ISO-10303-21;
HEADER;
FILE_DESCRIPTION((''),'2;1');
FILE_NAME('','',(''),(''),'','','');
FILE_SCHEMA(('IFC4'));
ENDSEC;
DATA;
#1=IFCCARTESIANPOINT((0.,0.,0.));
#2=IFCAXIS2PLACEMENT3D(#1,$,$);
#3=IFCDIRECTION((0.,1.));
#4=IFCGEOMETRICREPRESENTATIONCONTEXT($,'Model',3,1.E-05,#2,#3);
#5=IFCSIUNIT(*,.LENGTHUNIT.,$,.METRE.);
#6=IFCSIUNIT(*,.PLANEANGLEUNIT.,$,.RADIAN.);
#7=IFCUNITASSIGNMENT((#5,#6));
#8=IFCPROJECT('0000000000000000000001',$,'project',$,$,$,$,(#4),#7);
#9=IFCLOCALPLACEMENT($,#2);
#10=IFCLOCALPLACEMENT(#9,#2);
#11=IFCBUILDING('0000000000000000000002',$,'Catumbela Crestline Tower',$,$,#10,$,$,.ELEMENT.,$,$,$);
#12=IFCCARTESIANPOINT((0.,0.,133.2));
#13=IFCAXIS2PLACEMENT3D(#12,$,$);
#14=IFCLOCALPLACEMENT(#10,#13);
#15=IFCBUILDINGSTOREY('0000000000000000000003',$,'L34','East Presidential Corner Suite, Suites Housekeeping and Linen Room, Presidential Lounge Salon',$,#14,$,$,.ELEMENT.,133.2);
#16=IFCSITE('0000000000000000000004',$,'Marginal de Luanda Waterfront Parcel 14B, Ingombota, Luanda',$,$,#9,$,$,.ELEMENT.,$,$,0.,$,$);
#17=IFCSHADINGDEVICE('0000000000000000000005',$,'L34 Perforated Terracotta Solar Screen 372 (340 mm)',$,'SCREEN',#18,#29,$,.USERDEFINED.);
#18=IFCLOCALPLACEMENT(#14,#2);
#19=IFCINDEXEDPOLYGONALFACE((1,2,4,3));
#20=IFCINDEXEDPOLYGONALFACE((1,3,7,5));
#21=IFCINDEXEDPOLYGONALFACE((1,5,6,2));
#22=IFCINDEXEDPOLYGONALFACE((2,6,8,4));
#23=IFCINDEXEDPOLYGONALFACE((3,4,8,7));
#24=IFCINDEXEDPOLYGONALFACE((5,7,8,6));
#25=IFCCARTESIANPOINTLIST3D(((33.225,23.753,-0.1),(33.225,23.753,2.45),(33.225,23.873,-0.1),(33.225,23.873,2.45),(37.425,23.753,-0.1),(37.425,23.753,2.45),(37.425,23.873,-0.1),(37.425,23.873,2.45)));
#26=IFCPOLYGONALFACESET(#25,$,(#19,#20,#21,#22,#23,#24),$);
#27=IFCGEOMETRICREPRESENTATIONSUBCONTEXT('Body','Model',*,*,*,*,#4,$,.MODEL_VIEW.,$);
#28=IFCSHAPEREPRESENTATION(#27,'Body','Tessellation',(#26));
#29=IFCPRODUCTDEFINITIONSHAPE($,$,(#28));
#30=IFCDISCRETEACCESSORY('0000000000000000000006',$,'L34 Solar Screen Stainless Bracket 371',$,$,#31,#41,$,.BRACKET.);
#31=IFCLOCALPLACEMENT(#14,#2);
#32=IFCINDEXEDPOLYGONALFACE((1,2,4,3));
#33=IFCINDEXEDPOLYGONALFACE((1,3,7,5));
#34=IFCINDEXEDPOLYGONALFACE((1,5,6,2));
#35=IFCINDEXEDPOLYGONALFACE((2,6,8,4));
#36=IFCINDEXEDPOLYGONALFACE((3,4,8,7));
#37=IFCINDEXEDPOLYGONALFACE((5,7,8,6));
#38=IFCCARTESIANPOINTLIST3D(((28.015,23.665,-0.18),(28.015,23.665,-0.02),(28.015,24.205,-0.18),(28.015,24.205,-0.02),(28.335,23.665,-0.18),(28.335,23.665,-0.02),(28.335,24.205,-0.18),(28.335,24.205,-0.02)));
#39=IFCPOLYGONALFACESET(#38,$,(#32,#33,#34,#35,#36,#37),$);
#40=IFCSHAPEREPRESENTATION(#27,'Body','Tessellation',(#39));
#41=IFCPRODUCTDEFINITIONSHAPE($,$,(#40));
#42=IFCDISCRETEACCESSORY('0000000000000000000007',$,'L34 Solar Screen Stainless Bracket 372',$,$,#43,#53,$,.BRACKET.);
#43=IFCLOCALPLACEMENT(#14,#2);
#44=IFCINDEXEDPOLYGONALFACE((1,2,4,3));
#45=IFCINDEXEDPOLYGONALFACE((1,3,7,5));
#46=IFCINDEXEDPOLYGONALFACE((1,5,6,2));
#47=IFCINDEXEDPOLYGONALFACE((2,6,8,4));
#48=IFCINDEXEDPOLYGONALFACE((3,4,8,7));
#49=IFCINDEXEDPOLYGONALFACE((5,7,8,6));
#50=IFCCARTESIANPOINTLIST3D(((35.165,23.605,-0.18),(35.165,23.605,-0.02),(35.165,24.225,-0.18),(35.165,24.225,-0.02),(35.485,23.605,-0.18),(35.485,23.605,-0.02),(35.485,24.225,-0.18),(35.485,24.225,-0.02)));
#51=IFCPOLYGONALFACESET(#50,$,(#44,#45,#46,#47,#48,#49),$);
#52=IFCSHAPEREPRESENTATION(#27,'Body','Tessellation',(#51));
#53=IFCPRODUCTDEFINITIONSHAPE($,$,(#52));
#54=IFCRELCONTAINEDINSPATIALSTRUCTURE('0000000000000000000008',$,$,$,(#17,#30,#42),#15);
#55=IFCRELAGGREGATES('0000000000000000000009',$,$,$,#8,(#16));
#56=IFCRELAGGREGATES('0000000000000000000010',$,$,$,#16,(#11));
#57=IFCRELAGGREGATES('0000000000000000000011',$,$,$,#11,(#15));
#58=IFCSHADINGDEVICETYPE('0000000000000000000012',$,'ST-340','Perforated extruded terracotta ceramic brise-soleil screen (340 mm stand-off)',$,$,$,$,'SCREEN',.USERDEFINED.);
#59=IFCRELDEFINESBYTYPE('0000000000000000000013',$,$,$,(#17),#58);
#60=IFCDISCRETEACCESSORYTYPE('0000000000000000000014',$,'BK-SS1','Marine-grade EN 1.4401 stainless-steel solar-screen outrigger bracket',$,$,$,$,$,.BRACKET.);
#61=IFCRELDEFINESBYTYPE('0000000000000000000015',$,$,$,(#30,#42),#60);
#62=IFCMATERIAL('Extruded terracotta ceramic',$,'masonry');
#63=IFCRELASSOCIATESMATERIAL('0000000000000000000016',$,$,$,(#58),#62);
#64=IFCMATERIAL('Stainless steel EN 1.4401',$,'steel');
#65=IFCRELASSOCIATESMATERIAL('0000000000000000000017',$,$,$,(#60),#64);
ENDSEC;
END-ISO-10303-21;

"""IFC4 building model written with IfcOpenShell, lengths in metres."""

from ifc_helpers import new_model, si_unit, direction, frame, origin, origin_2d, place, context, subcontext, project, spatial, rectangle, extrude, material, type_object, element, save


model = new_model("IFC4")

# Units and contexts
model_context = context("Model", 3, precision=1e-05, world=origin(), true_north=direction((0.0, 1.0)))
body_context = subcontext(model_context, "Body", "Model", "MODEL_VIEW")
ifc_project = project(units=[si_unit("LENGTHUNIT", "METRE"), si_unit("PLANEANGLEUNIT", "RADIAN")], contexts=[model_context])

# Site, building, storey
site_placement = place(None, origin())
site = spatial("IfcSite", under=ifc_project, at=site_placement, Name="Marginal de Luanda Waterfront Parcel 14B, Ingombota, Luanda", CompositionType="ELEMENT", RefElevation=0.0)
building_placement = place(site_placement, origin())
building = spatial("IfcBuilding", under=site, at=building_placement, Name="Catumbela Crestline Tower", CompositionType="ELEMENT")
storey_placement = place(building_placement, frame((0.0, 0.0, 133.2)))
storey = spatial("IfcBuildingStorey", under=building, at=storey_placement, Name="L34", Description="East Presidential Corner Suite, Suites Housekeeping and Linen Room, Presidential Lounge Salon", CompositionType="ELEMENT", Elevation=133.2)

# Shared definitions
ifc_material_1 = material(Name="Stainless steel EN 1.4401", Category="steel")

# Shading device
ifc_material_2 = material(Name="Extruded terracotta ceramic", Category="masonry")
shading_device_type_1 = type_object("IfcShadingDeviceType", Name="ST-340", Description="Perforated extruded terracotta ceramic brise-soleil screen (340 mm stand-off)", ElementType="SCREEN", PredefinedType="USERDEFINED", material=ifc_material_2)
shading_device_1_placement = place(storey_placement, frame((35.325, 23.813, -0.1), z_axis=(0.0, 0.0, 1.0), x_axis=(1.0, 0.0, 0.0)))
element("IfcShadingDevice", 1, at=shading_device_1_placement, inside=storey, type_object=shading_device_type_1, Name="L34 Perforated Terracotta Solar Screen 372 (340 mm)", ObjectType="SCREEN", PredefinedType="USERDEFINED", context=body_context, shape_type="SweptSolid", body=[
    extrude(rectangle(XDim=4.2, YDim=0.12, at=origin_2d()), origin(), (0.0, 0.0, 1.0), 2.55),
])

# Discrete accessories
discrete_accessory_type = type_object("IfcDiscreteAccessoryType", Name="BK-SS1", Description="Marine-grade EN 1.4401 stainless-steel solar-screen outrigger bracket", PredefinedType="BRACKET", material=ifc_material_1)
discrete_accessory_1_placement = place(storey_placement, frame((28.175, 23.935, -0.18), z_axis=(0.0, 0.0, 1.0), x_axis=(1.0, 0.0, 0.0)))
element("IfcDiscreteAccessory", 2, at=discrete_accessory_1_placement, inside=storey, type_object=discrete_accessory_type, Name="L34 Solar Screen Stainless Bracket 371", PredefinedType="BRACKET", context=body_context, shape_type="SweptSolid", body=[
    extrude(rectangle(XDim=0.32, YDim=0.54, at=origin_2d()), origin(), (0.0, 0.0, 1.0), 0.16),
])
discrete_accessory_2_placement = place(storey_placement, frame((35.325, 23.915, -0.18), z_axis=(0.0, 0.0, 1.0), x_axis=(1.0, 0.0, 0.0)))
element("IfcDiscreteAccessory", 3, at=discrete_accessory_2_placement, inside=storey, type_object=discrete_accessory_type, Name="L34 Solar Screen Stainless Bracket 372", PredefinedType="BRACKET", context=body_context, shape_type="SweptSolid", body=[
    extrude(rectangle(XDim=0.32, YDim=0.62, at=origin_2d()), origin(), (0.0, 0.0, 1.0), 0.16),
])

save(model, "model.ifc")
